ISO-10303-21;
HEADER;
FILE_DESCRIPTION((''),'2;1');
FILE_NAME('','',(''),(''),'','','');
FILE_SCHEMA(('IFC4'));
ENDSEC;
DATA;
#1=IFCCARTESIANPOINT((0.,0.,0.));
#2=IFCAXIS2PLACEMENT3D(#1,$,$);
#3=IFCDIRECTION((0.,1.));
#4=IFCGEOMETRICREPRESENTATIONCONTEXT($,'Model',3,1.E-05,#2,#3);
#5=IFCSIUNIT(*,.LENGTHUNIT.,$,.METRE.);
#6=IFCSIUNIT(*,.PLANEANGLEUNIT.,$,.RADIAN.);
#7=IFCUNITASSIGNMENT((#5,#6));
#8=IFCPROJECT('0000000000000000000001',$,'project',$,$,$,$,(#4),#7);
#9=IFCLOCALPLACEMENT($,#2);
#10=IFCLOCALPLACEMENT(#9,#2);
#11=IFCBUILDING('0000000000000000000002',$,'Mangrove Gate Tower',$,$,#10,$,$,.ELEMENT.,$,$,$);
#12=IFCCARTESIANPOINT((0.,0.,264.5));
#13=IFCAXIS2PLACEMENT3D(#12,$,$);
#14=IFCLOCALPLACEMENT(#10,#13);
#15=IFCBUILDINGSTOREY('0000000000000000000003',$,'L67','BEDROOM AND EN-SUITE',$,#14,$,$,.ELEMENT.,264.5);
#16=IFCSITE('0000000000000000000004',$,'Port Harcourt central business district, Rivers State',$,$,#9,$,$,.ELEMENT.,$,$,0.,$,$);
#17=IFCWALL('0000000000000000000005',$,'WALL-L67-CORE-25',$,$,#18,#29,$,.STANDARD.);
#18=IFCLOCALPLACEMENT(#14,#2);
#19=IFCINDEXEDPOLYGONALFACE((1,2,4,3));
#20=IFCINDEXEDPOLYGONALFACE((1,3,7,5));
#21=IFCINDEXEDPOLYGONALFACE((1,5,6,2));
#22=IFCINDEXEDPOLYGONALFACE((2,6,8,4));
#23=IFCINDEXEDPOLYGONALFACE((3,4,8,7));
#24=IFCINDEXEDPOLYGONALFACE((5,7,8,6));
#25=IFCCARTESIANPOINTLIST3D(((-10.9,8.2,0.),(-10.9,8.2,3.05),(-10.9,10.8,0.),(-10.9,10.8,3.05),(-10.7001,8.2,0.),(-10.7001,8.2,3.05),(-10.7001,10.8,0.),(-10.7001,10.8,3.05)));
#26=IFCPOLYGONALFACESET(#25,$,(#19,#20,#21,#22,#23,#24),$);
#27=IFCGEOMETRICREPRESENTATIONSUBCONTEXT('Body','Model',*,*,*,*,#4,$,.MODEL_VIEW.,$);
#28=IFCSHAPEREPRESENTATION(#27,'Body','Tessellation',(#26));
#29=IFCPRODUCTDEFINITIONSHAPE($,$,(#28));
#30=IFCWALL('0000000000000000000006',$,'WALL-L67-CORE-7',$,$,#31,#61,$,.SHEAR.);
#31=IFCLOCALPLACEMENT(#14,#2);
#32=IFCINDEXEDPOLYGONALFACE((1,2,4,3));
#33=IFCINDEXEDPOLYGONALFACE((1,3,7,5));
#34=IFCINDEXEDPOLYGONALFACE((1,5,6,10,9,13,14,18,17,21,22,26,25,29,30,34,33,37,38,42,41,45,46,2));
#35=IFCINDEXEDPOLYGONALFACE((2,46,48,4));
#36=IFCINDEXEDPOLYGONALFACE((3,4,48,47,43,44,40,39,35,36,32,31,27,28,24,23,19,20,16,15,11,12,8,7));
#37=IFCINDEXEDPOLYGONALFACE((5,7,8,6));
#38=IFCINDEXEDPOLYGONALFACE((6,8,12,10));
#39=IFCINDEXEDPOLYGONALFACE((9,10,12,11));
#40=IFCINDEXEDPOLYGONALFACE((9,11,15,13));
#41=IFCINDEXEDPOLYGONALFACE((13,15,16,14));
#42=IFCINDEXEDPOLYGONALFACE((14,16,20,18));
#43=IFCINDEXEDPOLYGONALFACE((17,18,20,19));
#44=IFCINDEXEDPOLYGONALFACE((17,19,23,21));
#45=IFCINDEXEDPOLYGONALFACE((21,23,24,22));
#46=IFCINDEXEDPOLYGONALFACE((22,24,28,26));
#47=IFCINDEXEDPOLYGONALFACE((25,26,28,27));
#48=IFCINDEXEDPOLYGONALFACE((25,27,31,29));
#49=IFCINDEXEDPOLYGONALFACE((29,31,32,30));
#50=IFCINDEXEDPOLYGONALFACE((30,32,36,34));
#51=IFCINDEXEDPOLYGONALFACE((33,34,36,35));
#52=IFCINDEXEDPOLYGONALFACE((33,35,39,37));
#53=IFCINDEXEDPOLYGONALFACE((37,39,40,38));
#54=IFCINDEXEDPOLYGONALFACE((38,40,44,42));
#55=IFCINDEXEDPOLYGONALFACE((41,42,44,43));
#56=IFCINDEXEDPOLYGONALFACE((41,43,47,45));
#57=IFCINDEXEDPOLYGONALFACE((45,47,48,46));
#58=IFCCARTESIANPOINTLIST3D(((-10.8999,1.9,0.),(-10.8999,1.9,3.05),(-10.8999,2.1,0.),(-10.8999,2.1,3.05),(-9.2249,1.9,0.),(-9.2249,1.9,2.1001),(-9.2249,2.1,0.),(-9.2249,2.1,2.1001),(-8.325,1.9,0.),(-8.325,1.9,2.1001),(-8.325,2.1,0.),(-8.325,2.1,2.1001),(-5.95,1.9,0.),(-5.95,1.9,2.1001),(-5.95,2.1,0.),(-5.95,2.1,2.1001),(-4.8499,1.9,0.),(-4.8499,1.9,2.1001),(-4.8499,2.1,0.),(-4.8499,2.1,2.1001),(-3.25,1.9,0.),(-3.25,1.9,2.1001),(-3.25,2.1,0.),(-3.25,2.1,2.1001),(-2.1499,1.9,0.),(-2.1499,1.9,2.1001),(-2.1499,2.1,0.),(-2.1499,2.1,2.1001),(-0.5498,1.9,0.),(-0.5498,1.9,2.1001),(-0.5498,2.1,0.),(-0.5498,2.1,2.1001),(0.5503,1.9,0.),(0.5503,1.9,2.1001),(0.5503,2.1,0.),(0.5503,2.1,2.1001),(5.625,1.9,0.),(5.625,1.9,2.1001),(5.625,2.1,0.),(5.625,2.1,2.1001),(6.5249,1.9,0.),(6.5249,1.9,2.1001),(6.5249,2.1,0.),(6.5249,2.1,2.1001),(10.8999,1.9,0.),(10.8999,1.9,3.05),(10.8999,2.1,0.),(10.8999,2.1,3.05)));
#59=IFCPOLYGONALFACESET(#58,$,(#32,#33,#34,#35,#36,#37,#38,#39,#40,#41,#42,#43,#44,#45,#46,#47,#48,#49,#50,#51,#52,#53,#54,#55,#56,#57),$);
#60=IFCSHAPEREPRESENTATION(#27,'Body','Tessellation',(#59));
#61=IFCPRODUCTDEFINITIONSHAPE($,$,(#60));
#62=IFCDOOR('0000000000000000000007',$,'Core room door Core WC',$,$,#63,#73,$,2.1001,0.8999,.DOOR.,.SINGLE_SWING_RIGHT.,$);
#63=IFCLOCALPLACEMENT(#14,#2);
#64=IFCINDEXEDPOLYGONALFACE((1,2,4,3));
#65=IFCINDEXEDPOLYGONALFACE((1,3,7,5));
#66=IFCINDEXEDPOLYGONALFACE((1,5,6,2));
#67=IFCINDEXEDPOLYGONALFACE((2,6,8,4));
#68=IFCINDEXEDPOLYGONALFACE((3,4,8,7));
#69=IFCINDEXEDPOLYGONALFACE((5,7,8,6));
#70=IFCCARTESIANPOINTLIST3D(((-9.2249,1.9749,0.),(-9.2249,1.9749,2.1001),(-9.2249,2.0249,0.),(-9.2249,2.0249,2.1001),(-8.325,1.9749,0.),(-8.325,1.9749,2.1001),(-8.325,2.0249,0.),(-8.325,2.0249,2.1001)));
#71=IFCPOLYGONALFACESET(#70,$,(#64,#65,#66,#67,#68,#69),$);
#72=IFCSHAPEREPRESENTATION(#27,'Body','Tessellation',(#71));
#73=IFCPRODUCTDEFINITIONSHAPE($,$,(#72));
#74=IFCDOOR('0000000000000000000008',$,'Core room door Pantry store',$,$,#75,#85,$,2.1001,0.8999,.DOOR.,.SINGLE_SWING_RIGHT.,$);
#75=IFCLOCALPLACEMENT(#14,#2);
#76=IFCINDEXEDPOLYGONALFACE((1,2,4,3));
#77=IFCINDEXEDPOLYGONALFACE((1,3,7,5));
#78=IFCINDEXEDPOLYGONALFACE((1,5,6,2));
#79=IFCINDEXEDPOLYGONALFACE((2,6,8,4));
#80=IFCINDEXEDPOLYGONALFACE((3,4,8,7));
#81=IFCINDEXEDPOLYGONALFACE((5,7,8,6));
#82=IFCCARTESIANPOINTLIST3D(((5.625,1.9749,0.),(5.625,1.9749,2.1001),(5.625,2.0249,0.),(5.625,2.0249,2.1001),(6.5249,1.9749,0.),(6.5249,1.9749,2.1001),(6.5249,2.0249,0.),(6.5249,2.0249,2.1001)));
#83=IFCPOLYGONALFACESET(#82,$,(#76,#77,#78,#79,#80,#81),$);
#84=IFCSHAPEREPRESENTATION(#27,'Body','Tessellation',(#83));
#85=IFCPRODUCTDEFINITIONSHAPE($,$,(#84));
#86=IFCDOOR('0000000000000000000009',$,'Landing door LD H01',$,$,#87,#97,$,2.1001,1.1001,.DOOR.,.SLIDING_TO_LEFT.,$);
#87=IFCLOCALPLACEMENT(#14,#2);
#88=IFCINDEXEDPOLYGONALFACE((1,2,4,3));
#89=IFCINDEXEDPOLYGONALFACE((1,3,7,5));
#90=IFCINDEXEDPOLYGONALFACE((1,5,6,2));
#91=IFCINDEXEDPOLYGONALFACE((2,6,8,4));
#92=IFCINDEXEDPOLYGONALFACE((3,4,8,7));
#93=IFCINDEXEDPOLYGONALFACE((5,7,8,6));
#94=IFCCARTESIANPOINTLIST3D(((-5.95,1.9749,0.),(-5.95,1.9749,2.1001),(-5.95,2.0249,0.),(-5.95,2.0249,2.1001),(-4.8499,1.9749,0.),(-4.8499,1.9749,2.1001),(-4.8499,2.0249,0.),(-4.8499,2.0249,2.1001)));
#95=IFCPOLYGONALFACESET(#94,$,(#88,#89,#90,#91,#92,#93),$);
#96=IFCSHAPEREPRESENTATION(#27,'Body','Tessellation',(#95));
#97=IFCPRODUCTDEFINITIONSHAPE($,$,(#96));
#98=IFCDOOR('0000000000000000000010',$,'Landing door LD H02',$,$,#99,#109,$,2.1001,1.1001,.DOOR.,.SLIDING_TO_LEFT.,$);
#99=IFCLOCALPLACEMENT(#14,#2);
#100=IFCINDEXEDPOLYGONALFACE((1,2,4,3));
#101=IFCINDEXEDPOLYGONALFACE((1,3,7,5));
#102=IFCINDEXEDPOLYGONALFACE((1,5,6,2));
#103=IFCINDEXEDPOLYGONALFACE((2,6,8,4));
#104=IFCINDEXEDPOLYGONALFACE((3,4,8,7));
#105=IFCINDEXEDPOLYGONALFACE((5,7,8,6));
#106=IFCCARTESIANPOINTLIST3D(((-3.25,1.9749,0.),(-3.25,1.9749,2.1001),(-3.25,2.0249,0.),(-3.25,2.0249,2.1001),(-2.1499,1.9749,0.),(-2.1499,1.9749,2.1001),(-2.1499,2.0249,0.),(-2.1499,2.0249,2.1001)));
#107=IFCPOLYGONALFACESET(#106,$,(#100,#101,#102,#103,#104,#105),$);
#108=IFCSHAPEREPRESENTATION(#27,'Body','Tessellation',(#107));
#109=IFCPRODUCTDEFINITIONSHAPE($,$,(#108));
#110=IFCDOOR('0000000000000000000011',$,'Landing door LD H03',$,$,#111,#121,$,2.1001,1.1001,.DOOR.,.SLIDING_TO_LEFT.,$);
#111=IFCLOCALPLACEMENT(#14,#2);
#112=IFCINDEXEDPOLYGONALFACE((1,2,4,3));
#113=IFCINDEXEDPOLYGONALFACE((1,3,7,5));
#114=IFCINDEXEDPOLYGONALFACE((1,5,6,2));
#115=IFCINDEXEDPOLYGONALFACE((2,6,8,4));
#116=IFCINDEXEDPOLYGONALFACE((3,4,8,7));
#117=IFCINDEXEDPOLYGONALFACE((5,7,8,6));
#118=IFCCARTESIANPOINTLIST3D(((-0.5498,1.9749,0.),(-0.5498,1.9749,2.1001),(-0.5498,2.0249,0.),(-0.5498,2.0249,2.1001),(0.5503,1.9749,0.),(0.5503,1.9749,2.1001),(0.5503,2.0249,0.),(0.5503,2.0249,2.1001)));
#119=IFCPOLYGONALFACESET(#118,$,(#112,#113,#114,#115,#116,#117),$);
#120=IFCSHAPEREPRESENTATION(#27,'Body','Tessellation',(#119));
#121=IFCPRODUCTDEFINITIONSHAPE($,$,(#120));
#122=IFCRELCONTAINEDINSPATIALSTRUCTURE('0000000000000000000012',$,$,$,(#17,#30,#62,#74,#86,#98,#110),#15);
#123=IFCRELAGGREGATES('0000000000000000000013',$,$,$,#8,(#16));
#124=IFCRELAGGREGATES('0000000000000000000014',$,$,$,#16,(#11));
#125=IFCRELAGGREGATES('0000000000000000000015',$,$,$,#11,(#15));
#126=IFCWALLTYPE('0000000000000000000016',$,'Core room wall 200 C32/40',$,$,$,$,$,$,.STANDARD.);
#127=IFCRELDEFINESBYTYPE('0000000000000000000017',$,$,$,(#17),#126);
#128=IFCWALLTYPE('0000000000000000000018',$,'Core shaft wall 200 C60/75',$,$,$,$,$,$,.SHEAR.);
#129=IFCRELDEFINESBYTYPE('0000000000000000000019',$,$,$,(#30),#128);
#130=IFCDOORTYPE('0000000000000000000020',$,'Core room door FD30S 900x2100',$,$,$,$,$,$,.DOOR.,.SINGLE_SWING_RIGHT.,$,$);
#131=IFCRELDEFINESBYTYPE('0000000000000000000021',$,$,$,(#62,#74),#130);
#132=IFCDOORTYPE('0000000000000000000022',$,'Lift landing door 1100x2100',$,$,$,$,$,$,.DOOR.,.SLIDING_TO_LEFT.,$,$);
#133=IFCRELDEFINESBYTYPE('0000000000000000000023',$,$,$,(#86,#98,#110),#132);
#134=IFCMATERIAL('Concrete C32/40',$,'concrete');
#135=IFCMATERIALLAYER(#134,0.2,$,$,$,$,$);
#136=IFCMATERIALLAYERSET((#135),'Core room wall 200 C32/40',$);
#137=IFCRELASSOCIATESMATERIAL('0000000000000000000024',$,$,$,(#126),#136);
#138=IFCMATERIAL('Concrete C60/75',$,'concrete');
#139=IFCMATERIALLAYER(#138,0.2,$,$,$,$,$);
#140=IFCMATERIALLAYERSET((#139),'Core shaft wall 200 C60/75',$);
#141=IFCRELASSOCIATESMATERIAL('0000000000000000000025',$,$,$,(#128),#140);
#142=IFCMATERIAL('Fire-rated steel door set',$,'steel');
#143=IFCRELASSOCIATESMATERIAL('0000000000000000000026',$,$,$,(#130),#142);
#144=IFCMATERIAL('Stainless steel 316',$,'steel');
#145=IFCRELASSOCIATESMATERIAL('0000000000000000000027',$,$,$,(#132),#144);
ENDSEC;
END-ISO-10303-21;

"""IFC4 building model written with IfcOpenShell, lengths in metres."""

from ifc_helpers import new_model, si_unit, direction, frame, frame_2d, origin, place, context, subcontext, project, spatial, rectangle, extrude, material, layer, layer_set, type_object, element, fill, save


model = new_model("IFC4")

# Units and contexts
model_context = context("Model", 3, precision=1e-05, world=origin(), true_north=direction((0.0, 1.0)))
body_context = subcontext(model_context, "Body", "Model", "MODEL_VIEW")
ifc_project = project(units=[si_unit("LENGTHUNIT", "METRE"), si_unit("PLANEANGLEUNIT", "RADIAN")], contexts=[model_context])

# Site, building, storey
site_placement = place(None, origin())
site = spatial("IfcSite", under=ifc_project, at=site_placement, Name="Port Harcourt central business district, Rivers State", CompositionType="ELEMENT", RefElevation=0.0)
building_placement = place(site_placement, origin())
building = spatial("IfcBuilding", under=site, at=building_placement, Name="Mangrove Gate Tower", CompositionType="ELEMENT")
storey_placement = place(building_placement, frame((0.0, 0.0, 264.5)))
storey = spatial("IfcBuildingStorey", under=building, at=storey_placement, Name="L67", Description="BEDROOM AND EN-SUITE", CompositionType="ELEMENT", Elevation=264.5)

# Wall
ifc_material_1 = material(Name="Concrete C32/40", Category="concrete")
ifc_layer_1 = layer(ifc_material_1, 0.2)
ifc_layer_set_1 = layer_set([ifc_layer_1], Name="Core room wall 200 C32/40")
wall_type_1 = type_object("IfcWallType", Name="Core room wall 200 C32/40", PredefinedType="STANDARD", material=ifc_layer_set_1)
wall_1_placement = place(storey_placement, frame((-10.8, 8.2, 0.0), z_axis=(0.0, 0.0, 1.0), x_axis=(0.0, 1.0, 0.0)))
element("IfcWall", 1, at=wall_1_placement, inside=storey, type_object=wall_type_1, Name="WALL-L67-CORE-25", PredefinedType="STANDARD", context=body_context, shape_type="SweptSolid", body=[
    extrude(rectangle(XDim=2.6001, YDim=0.2, at=frame_2d((1.3, 0.0))), origin(), (0.0, 0.0, 1.0), 3.05),
])

# Wall, openings, doors
ifc_material_2 = material(Name="Concrete C60/75", Category="concrete")
ifc_layer_2 = layer(ifc_material_2, 0.2)
ifc_layer_set_2 = layer_set([ifc_layer_2], Name="Core shaft wall 200 C60/75")
wall_type_2 = type_object("IfcWallType", Name="Core shaft wall 200 C60/75", PredefinedType="SHEAR", material=ifc_layer_set_2)
wall_2_placement = place(storey_placement, frame((-10.8999, 2.0, 0.0), z_axis=(0.0, 0.0, 1.0), x_axis=(1.0, 0.0, 0.0)))
wall_2 = element("IfcWall", 2, at=wall_2_placement, inside=storey, type_object=wall_type_2, Name="WALL-L67-CORE-7", PredefinedType="SHEAR", context=body_context, shape_type="SweptSolid", body=[
    extrude(rectangle(XDim=21.7998, YDim=0.2, at=frame_2d((10.8999, 0.0))), origin(), (0.0, 0.0, 1.0), 3.05),
])
opening_1_placement = place(wall_2_placement, frame((4.95, 0.0, 0.0)))
opening_1 = element("IfcOpeningElement", 3, at=opening_1_placement, cuts=wall_2, PredefinedType="OPENING", context=body_context, shape_type="SweptSolid", body=[
    extrude(rectangle(XDim=1.1001, YDim=2.1001, at=frame_2d((0.55, 1.05))), frame((0.0, 0.1099, 0.0), z_axis=(0.0, -1.0, 0.0), x_axis=(1.0, 0.0, 0.0)), (0.0, 0.0, 1.0), 0.22),
])
opening_2_placement = place(wall_2_placement, frame((7.6499, 0.0, 0.0)))
opening_2 = element("IfcOpeningElement", 4, at=opening_2_placement, cuts=wall_2, PredefinedType="OPENING", context=body_context, shape_type="SweptSolid", body=[
    extrude(rectangle(XDim=1.1001, YDim=2.1001, at=frame_2d((0.55, 1.05))), frame((0.0, 0.1099, 0.0), z_axis=(0.0, -1.0, 0.0), x_axis=(1.0, 0.0, 0.0)), (0.0, 0.0, 1.0), 0.22),
])
opening_3_placement = place(wall_2_placement, frame((10.3501, 0.0, 0.0)))
opening_3 = element("IfcOpeningElement", 5, at=opening_3_placement, cuts=wall_2, PredefinedType="OPENING", context=body_context, shape_type="SweptSolid", body=[
    extrude(rectangle(XDim=1.1001, YDim=2.1001, at=frame_2d((0.55, 1.05))), frame((0.0, 0.1099, 0.0), z_axis=(0.0, -1.0, 0.0), x_axis=(1.0, 0.0, 0.0)), (0.0, 0.0, 1.0), 0.22),
])
opening_4_placement = place(wall_2_placement, frame((1.675, 0.0, 0.0)))
opening_4 = element("IfcOpeningElement", 6, at=opening_4_placement, cuts=wall_2, PredefinedType="OPENING", context=body_context, shape_type="SweptSolid", body=[
    extrude(rectangle(XDim=0.8999, YDim=2.1001, at=frame_2d((0.45, 1.05))), frame((0.0, 0.1099, 0.0), z_axis=(0.0, -1.0, 0.0), x_axis=(1.0, 0.0, 0.0)), (0.0, 0.0, 1.0), 0.22),
])
opening_5_placement = place(wall_2_placement, frame((16.5249, 0.0, 0.0)))
opening_5 = element("IfcOpeningElement", 7, at=opening_5_placement, cuts=wall_2, PredefinedType="OPENING", context=body_context, shape_type="SweptSolid", body=[
    extrude(rectangle(XDim=0.8999, YDim=2.1001, at=frame_2d((0.45, 1.05))), frame((0.0, 0.1099, 0.0), z_axis=(0.0, -1.0, 0.0), x_axis=(1.0, 0.0, 0.0)), (0.0, 0.0, 1.0), 0.22),
])
ifc_material_3 = material(Name="Fire-rated steel door set", Category="steel")
door_type_1 = type_object("IfcDoorType", Name="Core room door FD30S 900x2100", OperationType="SINGLE_SWING_RIGHT", PredefinedType="DOOR", material=ifc_material_3)
door_1_placement = place(opening_4_placement, origin())
door_1 = element("IfcDoor", 8, at=door_1_placement, inside=storey, type_object=door_type_1, Name="Core room door Core WC", OperationType="SINGLE_SWING_RIGHT", OverallHeight=2.1001, OverallWidth=0.8999, PredefinedType="DOOR", context=body_context, shape_type="SweptSolid", body=[
    extrude(rectangle(XDim=0.8999, YDim=2.1001, at=frame_2d((0.45, 1.05))), frame((0.0, 0.0249, 0.0), z_axis=(0.0, -1.0, 0.0), x_axis=(1.0, 0.0, 0.0)), (0.0, 0.0, 1.0), 0.05),
])
fill(opening_4, door_1)
door_2_placement = place(opening_5_placement, origin())
door_2 = element("IfcDoor", 9, at=door_2_placement, inside=storey, type_object=door_type_1, Name="Core room door Pantry store", OperationType="SINGLE_SWING_RIGHT", OverallHeight=2.1001, OverallWidth=0.8999, PredefinedType="DOOR", context=body_context, shape_type="SweptSolid", body=[
    extrude(rectangle(XDim=0.8999, YDim=2.1001, at=frame_2d((0.45, 1.05))), frame((0.0, 0.0249, 0.0), z_axis=(0.0, -1.0, 0.0), x_axis=(1.0, 0.0, 0.0)), (0.0, 0.0, 1.0), 0.05),
])
fill(opening_5, door_2)
ifc_material_4 = material(Name="Stainless steel 316", Category="steel")
door_type_2 = type_object("IfcDoorType", Name="Lift landing door 1100x2100", OperationType="SLIDING_TO_LEFT", PredefinedType="DOOR", material=ifc_material_4)
door_3_placement = place(opening_1_placement, origin())
door_3 = element("IfcDoor", 10, at=door_3_placement, inside=storey, type_object=door_type_2, Name="Landing door LD H01", OperationType="SLIDING_TO_LEFT", OverallHeight=2.1001, OverallWidth=1.1001, PredefinedType="DOOR", context=body_context, shape_type="SweptSolid", body=[
    extrude(rectangle(XDim=1.1001, YDim=2.1001, at=frame_2d((0.55, 1.05))), frame((0.0, 0.0249, 0.0), z_axis=(0.0, -1.0, 0.0), x_axis=(1.0, 0.0, 0.0)), (0.0, 0.0, 1.0), 0.05),
])
fill(opening_1, door_3)
door_4_placement = place(opening_2_placement, origin())
door_4 = element("IfcDoor", 11, at=door_4_placement, inside=storey, type_object=door_type_2, Name="Landing door LD H02", OperationType="SLIDING_TO_LEFT", OverallHeight=2.1001, OverallWidth=1.1001, PredefinedType="DOOR", context=body_context, shape_type="SweptSolid", body=[
    extrude(rectangle(XDim=1.1001, YDim=2.1001, at=frame_2d((0.55, 1.05))), frame((0.0, 0.0249, 0.0), z_axis=(0.0, -1.0, 0.0), x_axis=(1.0, 0.0, 0.0)), (0.0, 0.0, 1.0), 0.05),
])
fill(opening_2, door_4)
door_5_placement = place(opening_3_placement, origin())
door_5 = element("IfcDoor", 12, at=door_5_placement, inside=storey, type_object=door_type_2, Name="Landing door LD H03", OperationType="SLIDING_TO_LEFT", OverallHeight=2.1001, OverallWidth=1.1001, PredefinedType="DOOR", context=body_context, shape_type="SweptSolid", body=[
    extrude(rectangle(XDim=1.1001, YDim=2.1001, at=frame_2d((0.55, 1.05))), frame((0.0, 0.0249, 0.0), z_axis=(0.0, -1.0, 0.0), x_axis=(1.0, 0.0, 0.0)), (0.0, 0.0, 1.0), 0.05),
])
fill(opening_3, door_5)

save(model, "model.ifc")
